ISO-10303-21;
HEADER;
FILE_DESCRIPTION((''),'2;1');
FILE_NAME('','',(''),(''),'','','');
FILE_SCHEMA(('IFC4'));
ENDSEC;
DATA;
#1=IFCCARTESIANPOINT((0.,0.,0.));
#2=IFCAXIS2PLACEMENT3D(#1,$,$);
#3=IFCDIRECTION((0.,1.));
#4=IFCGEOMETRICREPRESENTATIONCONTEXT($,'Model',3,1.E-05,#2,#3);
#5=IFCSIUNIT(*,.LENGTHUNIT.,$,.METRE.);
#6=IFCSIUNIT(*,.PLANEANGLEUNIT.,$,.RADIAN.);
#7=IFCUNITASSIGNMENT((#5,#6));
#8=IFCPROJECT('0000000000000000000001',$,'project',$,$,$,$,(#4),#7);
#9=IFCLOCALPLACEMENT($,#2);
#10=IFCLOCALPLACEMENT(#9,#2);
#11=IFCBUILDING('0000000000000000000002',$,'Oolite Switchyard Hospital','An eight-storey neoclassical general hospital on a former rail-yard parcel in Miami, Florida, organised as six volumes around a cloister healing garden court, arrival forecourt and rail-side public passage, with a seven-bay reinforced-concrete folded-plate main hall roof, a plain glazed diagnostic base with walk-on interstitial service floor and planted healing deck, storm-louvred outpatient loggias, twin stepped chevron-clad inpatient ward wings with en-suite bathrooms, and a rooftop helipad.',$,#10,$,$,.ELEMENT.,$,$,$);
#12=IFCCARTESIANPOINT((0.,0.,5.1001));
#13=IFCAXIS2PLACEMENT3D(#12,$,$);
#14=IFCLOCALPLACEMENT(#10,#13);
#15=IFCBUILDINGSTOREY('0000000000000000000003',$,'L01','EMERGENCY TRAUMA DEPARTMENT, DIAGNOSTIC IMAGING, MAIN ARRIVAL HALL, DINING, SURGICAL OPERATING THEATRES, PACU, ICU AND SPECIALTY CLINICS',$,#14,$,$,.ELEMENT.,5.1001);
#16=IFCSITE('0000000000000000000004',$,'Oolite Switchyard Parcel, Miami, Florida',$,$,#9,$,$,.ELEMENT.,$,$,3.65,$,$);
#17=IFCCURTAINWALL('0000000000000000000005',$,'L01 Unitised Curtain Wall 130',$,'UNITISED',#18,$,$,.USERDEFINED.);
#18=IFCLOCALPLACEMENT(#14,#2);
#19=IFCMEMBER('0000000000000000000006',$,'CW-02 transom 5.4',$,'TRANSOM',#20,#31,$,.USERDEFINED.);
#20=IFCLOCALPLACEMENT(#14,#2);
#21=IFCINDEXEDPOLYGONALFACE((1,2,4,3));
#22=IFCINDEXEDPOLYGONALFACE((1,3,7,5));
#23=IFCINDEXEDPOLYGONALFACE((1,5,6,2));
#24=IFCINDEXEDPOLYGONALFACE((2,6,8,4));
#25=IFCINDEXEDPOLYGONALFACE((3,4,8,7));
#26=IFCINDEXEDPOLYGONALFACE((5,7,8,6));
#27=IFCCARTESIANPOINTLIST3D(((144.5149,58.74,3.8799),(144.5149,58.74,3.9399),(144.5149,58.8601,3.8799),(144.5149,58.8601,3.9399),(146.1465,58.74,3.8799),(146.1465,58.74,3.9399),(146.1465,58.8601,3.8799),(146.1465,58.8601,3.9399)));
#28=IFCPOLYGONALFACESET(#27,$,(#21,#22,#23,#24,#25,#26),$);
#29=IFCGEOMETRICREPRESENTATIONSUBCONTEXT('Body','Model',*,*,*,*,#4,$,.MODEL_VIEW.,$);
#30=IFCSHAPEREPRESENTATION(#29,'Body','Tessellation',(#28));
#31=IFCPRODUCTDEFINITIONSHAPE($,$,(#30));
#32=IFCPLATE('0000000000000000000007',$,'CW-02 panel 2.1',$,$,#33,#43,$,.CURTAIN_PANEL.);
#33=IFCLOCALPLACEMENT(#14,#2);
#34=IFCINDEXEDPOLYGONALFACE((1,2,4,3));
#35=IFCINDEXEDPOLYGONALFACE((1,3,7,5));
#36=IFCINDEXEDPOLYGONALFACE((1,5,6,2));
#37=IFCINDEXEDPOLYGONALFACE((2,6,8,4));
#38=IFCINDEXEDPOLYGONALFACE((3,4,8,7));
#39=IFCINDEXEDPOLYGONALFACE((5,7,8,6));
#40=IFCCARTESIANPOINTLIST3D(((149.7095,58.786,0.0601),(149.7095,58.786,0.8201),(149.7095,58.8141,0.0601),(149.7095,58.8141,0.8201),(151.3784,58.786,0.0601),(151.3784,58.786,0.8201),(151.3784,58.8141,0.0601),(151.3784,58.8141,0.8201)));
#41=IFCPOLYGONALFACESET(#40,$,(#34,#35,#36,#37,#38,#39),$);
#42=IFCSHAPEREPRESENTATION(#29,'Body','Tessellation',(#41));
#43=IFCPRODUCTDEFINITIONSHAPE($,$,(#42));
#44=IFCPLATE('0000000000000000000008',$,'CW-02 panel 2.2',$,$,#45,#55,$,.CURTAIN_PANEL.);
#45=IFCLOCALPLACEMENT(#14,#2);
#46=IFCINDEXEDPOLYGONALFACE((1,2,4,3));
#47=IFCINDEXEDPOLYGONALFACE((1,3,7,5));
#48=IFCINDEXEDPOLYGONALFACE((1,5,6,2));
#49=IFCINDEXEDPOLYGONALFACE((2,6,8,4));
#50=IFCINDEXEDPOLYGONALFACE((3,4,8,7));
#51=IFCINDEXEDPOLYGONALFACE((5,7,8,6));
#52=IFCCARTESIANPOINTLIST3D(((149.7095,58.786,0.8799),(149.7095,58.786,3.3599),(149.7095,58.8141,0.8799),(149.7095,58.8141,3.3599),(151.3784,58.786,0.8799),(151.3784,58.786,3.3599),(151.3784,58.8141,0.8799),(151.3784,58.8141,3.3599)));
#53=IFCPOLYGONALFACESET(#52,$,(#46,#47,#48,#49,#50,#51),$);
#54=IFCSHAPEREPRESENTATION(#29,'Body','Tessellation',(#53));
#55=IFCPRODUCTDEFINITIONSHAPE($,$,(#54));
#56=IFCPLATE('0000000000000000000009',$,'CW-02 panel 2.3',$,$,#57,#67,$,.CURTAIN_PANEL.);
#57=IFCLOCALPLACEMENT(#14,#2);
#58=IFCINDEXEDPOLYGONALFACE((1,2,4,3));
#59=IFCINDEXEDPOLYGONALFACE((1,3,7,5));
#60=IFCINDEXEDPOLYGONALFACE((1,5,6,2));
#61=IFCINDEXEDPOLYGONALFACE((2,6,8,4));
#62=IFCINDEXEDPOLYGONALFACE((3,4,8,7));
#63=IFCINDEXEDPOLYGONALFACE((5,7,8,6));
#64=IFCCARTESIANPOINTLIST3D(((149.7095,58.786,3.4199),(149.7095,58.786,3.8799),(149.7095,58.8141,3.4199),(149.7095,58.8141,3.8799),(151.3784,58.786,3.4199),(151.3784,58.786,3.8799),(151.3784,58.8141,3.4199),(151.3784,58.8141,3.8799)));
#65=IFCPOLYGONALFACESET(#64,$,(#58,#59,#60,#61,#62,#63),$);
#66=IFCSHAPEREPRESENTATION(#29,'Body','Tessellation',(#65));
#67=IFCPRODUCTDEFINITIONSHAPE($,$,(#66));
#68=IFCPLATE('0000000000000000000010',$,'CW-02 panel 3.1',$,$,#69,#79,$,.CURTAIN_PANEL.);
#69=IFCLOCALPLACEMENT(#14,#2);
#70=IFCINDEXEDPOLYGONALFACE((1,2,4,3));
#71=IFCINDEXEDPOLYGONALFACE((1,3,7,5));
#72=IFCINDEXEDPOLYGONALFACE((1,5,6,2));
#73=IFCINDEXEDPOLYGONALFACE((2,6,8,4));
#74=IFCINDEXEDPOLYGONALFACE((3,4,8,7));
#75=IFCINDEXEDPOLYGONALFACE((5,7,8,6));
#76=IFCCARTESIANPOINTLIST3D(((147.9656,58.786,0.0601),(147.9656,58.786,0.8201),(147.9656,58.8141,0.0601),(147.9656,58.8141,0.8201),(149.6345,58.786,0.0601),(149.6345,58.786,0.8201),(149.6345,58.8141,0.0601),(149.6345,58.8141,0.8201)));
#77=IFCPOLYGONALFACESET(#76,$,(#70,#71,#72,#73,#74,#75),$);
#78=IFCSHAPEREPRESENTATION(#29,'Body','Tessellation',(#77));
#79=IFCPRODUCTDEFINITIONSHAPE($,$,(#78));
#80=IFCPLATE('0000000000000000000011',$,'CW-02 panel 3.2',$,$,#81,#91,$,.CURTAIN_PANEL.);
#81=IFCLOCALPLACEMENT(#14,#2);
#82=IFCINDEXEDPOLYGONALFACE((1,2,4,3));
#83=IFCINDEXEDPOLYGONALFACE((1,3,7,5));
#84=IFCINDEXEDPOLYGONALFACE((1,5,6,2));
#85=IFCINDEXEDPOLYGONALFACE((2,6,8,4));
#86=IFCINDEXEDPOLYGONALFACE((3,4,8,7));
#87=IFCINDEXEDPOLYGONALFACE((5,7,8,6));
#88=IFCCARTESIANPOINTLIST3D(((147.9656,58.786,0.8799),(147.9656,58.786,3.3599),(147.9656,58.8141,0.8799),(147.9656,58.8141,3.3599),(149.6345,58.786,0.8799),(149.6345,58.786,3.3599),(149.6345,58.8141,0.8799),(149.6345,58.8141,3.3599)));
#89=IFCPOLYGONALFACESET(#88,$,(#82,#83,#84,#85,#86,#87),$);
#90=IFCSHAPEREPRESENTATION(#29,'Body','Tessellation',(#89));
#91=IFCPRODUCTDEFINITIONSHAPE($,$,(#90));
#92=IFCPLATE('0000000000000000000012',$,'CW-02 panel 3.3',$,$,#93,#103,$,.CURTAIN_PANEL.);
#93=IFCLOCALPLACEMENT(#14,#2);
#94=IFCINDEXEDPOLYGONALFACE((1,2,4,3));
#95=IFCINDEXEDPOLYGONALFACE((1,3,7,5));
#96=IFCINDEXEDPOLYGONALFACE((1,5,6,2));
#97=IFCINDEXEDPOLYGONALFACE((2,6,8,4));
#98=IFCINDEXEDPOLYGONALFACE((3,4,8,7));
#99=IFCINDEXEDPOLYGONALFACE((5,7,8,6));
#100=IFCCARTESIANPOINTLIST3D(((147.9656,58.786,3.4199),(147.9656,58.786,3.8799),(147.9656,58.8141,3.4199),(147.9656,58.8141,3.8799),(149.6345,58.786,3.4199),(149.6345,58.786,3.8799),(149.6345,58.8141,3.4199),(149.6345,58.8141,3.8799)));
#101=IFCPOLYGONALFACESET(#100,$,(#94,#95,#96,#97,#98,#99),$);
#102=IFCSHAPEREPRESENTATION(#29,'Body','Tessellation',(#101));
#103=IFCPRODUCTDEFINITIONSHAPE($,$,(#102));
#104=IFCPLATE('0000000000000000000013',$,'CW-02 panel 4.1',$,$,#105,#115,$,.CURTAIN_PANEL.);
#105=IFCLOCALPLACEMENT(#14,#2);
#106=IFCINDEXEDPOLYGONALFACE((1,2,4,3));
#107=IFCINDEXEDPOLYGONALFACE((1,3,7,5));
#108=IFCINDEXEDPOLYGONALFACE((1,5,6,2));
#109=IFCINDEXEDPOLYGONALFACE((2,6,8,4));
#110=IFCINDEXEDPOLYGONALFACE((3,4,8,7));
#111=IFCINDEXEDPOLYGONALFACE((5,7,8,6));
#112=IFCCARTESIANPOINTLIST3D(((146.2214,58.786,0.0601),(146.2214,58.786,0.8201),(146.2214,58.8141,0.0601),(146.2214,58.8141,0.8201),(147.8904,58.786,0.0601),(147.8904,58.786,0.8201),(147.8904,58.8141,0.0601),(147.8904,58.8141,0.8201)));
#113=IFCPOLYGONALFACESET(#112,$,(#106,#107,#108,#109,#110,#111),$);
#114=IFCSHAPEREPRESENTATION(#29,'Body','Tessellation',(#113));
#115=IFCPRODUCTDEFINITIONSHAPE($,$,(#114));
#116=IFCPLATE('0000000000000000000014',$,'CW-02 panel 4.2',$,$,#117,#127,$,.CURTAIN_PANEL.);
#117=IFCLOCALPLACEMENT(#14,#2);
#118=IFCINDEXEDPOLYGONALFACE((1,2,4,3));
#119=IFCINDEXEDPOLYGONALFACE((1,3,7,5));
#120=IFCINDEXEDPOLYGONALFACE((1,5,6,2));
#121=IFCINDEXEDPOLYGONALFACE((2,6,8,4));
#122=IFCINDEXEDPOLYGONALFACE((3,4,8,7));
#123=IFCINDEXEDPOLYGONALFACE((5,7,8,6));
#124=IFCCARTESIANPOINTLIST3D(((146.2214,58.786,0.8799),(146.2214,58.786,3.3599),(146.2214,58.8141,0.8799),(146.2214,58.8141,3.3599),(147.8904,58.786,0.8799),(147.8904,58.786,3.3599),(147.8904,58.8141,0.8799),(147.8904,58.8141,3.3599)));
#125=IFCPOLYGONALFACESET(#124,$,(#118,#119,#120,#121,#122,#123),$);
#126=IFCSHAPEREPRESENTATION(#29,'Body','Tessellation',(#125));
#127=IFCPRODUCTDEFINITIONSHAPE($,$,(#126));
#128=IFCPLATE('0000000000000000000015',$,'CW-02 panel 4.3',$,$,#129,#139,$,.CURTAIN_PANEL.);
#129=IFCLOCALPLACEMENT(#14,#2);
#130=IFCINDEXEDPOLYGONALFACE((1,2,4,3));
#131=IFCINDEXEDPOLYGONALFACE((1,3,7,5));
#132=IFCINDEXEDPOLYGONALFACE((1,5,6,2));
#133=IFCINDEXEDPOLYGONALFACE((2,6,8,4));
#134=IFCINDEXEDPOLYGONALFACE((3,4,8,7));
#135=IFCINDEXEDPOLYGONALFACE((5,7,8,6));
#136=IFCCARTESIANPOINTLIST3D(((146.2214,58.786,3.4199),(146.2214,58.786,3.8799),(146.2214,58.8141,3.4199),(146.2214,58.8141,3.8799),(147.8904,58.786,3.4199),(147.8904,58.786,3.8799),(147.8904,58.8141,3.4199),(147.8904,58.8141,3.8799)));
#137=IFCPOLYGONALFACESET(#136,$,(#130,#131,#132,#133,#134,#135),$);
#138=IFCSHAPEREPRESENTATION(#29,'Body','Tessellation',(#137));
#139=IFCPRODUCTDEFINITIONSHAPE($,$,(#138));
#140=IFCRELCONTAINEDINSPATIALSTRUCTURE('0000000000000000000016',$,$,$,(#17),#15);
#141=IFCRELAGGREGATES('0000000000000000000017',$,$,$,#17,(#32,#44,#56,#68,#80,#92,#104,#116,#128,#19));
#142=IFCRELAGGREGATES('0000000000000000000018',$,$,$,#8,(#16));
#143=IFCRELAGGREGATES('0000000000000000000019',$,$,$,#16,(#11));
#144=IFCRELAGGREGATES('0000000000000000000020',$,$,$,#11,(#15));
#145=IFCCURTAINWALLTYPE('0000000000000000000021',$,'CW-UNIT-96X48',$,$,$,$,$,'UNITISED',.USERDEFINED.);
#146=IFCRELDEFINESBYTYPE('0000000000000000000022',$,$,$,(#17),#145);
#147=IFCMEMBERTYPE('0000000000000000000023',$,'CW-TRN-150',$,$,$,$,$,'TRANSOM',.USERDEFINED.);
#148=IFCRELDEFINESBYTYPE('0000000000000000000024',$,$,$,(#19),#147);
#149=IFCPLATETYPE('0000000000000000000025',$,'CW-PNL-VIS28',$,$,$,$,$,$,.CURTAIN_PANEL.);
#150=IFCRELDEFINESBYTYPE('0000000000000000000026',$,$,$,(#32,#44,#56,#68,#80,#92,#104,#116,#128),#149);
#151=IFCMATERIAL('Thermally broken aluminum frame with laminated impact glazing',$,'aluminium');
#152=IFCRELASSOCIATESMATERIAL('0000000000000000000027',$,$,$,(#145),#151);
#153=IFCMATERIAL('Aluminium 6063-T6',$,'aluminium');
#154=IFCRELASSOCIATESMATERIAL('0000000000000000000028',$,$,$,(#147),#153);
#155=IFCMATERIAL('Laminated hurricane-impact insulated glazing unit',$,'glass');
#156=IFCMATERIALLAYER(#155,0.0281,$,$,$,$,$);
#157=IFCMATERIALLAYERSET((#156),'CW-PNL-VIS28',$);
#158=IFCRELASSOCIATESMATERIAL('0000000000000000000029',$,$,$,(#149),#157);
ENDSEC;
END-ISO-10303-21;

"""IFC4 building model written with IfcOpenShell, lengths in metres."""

from ifc_helpers import new_model, si_unit, direction, frame, origin, origin_2d, place, context, subcontext, project, spatial, rectangle, extrude, material, layer, layer_set, material_profile, profile_set, type_object, element, aggregate, save


model = new_model("IFC4")

# Units and contexts
model_context = context("Model", 3, precision=1e-05, world=origin(), true_north=direction((0.0, 1.0)))
body_context = subcontext(model_context, "Body", "Model", "MODEL_VIEW")
ifc_project = project(units=[si_unit("LENGTHUNIT", "METRE"), si_unit("PLANEANGLEUNIT", "RADIAN")], contexts=[model_context])

# Site, building, storey
site_placement = place(None, origin())
site = spatial("IfcSite", under=ifc_project, at=site_placement, Name="Oolite Switchyard Parcel, Miami, Florida", CompositionType="ELEMENT", RefElevation=3.65)
building_placement = place(site_placement, origin())
building = spatial("IfcBuilding", under=site, at=building_placement, Name="Oolite Switchyard Hospital", Description="An eight-storey neoclassical general hospital on a former rail-yard parcel in Miami, Florida, organised as six volumes around a cloister healing garden court, arrival forecourt and rail-side public passage, with a seven-bay reinforced-concrete folded-plate main hall roof, a plain glazed diagnostic base with walk-on interstitial service floor and planted healing deck, storm-louvred outpatient loggias, twin stepped chevron-clad inpatient ward wings with en-suite bathrooms, and a rooftop helipad.", CompositionType="ELEMENT")
storey_placement = place(building_placement, frame((0.0, 0.0, 5.1001)))
storey = spatial("IfcBuildingStorey", under=building, at=storey_placement, Name="L01", Description="EMERGENCY TRAUMA DEPARTMENT, DIAGNOSTIC IMAGING, MAIN ARRIVAL HALL, DINING, SURGICAL OPERATING THEATRES, PACU, ICU AND SPECIALTY CLINICS", CompositionType="ELEMENT", Elevation=5.1001)

# Curtain wall, member, plates
ifc_material_1 = material(Name="Thermally broken aluminum frame with laminated impact glazing", Category="aluminium")
curtain_wall_type = type_object("IfcCurtainWallType", Name="CW-UNIT-96X48", ElementType="UNITISED", PredefinedType="USERDEFINED", material=ifc_material_1)
curtain_wall_placement = place(storey_placement, origin())
curtain_wall = element("IfcCurtainWall", 1, at=curtain_wall_placement, inside=storey, type_object=curtain_wall_type, Name="L01 Unitised Curtain Wall 130", ObjectType="UNITISED", PredefinedType="USERDEFINED")
ifc_material_2 = material(Name="Aluminium 6063-T6", Category="aluminium")
ifc_material_profile_1 = material_profile(ifc_material_2, rectangle(XDim=0.1201, YDim=0.0601, at=origin_2d()), Name="CWT60X120")
ifc_profile_set_1 = profile_set([ifc_material_profile_1], Name="Aluminium 6063-T6")
member_type_1 = type_object("IfcMemberType", Name="CW-TRN-150", ElementType="TRANSOM", PredefinedType="USERDEFINED", material=ifc_profile_set_1)
member_1_placement = place(storey_placement, frame((146.1465, 58.8, 3.9099), z_axis=(-1.0, 0.0, 0.0), x_axis=(0.0, -1.0, 0.0)))
member_1 = element("IfcMember", 2, at=member_1_placement, type_object=member_type_1, Name="CW-02 transom 5.4", ObjectType="TRANSOM", PredefinedType="USERDEFINED", context=body_context, shape_type="SweptSolid", body=[
    extrude(rectangle(XDim=0.1201, YDim=0.0601, at=origin_2d()), origin(), (0.0, 0.0, 1.0), 1.6316),
])
ifc_material_3 = material(Name="Laminated hurricane-impact insulated glazing unit", Category="glass")
ifc_layer = layer(ifc_material_3, 0.0281)
ifc_layer_set = layer_set([ifc_layer], Name="CW-PNL-VIS28")
plate_type = type_object("IfcPlateType", Name="CW-PNL-VIS28", PredefinedType="CURTAIN_PANEL", material=ifc_layer_set)
plate_1_placement = place(storey_placement, frame((150.5439, 58.8, 0.0601), z_axis=(0.0, 0.0, 1.0), x_axis=(-1.0, 0.0, 0.0)))
plate_1 = element("IfcPlate", 3, at=plate_1_placement, type_object=plate_type, Name="CW-02 panel 2.1", PredefinedType="CURTAIN_PANEL", context=body_context, shape_type="SweptSolid", body=[
    extrude(rectangle(XDim=1.6689, YDim=0.0281, at=origin_2d()), origin(), (0.0, 0.0, 1.0), 0.76),
])
plate_2_placement = place(storey_placement, frame((150.5439, 58.8, 0.8799), z_axis=(0.0, 0.0, 1.0), x_axis=(-1.0, 0.0, 0.0)))
plate_2 = element("IfcPlate", 4, at=plate_2_placement, type_object=plate_type, Name="CW-02 panel 2.2", PredefinedType="CURTAIN_PANEL", context=body_context, shape_type="SweptSolid", body=[
    extrude(rectangle(XDim=1.6689, YDim=0.0281, at=origin_2d()), origin(), (0.0, 0.0, 1.0), 2.48),
])
plate_3_placement = place(storey_placement, frame((150.5439, 58.8, 3.4199), z_axis=(0.0, 0.0, 1.0), x_axis=(-1.0, 0.0, 0.0)))
plate_3 = element("IfcPlate", 5, at=plate_3_placement, type_object=plate_type, Name="CW-02 panel 2.3", PredefinedType="CURTAIN_PANEL", context=body_context, shape_type="SweptSolid", body=[
    extrude(rectangle(XDim=1.6689, YDim=0.0281, at=origin_2d()), origin(), (0.0, 0.0, 1.0), 0.46),
])
plate_4_placement = place(storey_placement, frame((148.8, 58.8, 0.0601), z_axis=(0.0, 0.0, 1.0), x_axis=(-1.0, 0.0, 0.0)))
plate_4 = element("IfcPlate", 6, at=plate_4_placement, type_object=plate_type, Name="CW-02 panel 3.1", PredefinedType="CURTAIN_PANEL", context=body_context, shape_type="SweptSolid", body=[
    extrude(rectangle(XDim=1.6689, YDim=0.0281, at=origin_2d()), origin(), (0.0, 0.0, 1.0), 0.76),
])
plate_5_placement = place(storey_placement, frame((148.8, 58.8, 0.8799), z_axis=(0.0, 0.0, 1.0), x_axis=(-1.0, 0.0, 0.0)))
plate_5 = element("IfcPlate", 7, at=plate_5_placement, type_object=plate_type, Name="CW-02 panel 3.2", PredefinedType="CURTAIN_PANEL", context=body_context, shape_type="SweptSolid", body=[
    extrude(rectangle(XDim=1.6689, YDim=0.0281, at=origin_2d()), origin(), (0.0, 0.0, 1.0), 2.48),
])
plate_6_placement = place(storey_placement, frame((148.8, 58.8, 3.4199), z_axis=(0.0, 0.0, 1.0), x_axis=(-1.0, 0.0, 0.0)))
plate_6 = element("IfcPlate", 8, at=plate_6_placement, type_object=plate_type, Name="CW-02 panel 3.3", PredefinedType="CURTAIN_PANEL", context=body_context, shape_type="SweptSolid", body=[
    extrude(rectangle(XDim=1.6689, YDim=0.0281, at=origin_2d()), origin(), (0.0, 0.0, 1.0), 0.46),
])
plate_7_placement = place(storey_placement, frame((147.0559, 58.8, 0.0601), z_axis=(0.0, 0.0, 1.0), x_axis=(-1.0, 0.0, 0.0)))
plate_7 = element("IfcPlate", 9, at=plate_7_placement, type_object=plate_type, Name="CW-02 panel 4.1", PredefinedType="CURTAIN_PANEL", context=body_context, shape_type="SweptSolid", body=[
    extrude(rectangle(XDim=1.6689, YDim=0.0281, at=origin_2d()), origin(), (0.0, 0.0, 1.0), 0.76),
])
plate_8_placement = place(storey_placement, frame((147.0559, 58.8, 0.8799), z_axis=(0.0, 0.0, 1.0), x_axis=(-1.0, 0.0, 0.0)))
plate_8 = element("IfcPlate", 10, at=plate_8_placement, type_object=plate_type, Name="CW-02 panel 4.2", PredefinedType="CURTAIN_PANEL", context=body_context, shape_type="SweptSolid", body=[
    extrude(rectangle(XDim=1.6689, YDim=0.0281, at=origin_2d()), origin(), (0.0, 0.0, 1.0), 2.48),
])
plate_9_placement = place(storey_placement, frame((147.0559, 58.8, 3.4199), z_axis=(0.0, 0.0, 1.0), x_axis=(-1.0, 0.0, 0.0)))
plate_9 = element("IfcPlate", 11, at=plate_9_placement, type_object=plate_type, Name="CW-02 panel 4.3", PredefinedType="CURTAIN_PANEL", context=body_context, shape_type="SweptSolid", body=[
    extrude(rectangle(XDim=1.6689, YDim=0.0281, at=origin_2d()), origin(), (0.0, 0.0, 1.0), 0.46),
])
aggregate(curtain_wall, [plate_1, plate_2, plate_3, plate_4, plate_5, plate_6, plate_7, plate_8, plate_9, member_1])

save(model, "model.ifc")
